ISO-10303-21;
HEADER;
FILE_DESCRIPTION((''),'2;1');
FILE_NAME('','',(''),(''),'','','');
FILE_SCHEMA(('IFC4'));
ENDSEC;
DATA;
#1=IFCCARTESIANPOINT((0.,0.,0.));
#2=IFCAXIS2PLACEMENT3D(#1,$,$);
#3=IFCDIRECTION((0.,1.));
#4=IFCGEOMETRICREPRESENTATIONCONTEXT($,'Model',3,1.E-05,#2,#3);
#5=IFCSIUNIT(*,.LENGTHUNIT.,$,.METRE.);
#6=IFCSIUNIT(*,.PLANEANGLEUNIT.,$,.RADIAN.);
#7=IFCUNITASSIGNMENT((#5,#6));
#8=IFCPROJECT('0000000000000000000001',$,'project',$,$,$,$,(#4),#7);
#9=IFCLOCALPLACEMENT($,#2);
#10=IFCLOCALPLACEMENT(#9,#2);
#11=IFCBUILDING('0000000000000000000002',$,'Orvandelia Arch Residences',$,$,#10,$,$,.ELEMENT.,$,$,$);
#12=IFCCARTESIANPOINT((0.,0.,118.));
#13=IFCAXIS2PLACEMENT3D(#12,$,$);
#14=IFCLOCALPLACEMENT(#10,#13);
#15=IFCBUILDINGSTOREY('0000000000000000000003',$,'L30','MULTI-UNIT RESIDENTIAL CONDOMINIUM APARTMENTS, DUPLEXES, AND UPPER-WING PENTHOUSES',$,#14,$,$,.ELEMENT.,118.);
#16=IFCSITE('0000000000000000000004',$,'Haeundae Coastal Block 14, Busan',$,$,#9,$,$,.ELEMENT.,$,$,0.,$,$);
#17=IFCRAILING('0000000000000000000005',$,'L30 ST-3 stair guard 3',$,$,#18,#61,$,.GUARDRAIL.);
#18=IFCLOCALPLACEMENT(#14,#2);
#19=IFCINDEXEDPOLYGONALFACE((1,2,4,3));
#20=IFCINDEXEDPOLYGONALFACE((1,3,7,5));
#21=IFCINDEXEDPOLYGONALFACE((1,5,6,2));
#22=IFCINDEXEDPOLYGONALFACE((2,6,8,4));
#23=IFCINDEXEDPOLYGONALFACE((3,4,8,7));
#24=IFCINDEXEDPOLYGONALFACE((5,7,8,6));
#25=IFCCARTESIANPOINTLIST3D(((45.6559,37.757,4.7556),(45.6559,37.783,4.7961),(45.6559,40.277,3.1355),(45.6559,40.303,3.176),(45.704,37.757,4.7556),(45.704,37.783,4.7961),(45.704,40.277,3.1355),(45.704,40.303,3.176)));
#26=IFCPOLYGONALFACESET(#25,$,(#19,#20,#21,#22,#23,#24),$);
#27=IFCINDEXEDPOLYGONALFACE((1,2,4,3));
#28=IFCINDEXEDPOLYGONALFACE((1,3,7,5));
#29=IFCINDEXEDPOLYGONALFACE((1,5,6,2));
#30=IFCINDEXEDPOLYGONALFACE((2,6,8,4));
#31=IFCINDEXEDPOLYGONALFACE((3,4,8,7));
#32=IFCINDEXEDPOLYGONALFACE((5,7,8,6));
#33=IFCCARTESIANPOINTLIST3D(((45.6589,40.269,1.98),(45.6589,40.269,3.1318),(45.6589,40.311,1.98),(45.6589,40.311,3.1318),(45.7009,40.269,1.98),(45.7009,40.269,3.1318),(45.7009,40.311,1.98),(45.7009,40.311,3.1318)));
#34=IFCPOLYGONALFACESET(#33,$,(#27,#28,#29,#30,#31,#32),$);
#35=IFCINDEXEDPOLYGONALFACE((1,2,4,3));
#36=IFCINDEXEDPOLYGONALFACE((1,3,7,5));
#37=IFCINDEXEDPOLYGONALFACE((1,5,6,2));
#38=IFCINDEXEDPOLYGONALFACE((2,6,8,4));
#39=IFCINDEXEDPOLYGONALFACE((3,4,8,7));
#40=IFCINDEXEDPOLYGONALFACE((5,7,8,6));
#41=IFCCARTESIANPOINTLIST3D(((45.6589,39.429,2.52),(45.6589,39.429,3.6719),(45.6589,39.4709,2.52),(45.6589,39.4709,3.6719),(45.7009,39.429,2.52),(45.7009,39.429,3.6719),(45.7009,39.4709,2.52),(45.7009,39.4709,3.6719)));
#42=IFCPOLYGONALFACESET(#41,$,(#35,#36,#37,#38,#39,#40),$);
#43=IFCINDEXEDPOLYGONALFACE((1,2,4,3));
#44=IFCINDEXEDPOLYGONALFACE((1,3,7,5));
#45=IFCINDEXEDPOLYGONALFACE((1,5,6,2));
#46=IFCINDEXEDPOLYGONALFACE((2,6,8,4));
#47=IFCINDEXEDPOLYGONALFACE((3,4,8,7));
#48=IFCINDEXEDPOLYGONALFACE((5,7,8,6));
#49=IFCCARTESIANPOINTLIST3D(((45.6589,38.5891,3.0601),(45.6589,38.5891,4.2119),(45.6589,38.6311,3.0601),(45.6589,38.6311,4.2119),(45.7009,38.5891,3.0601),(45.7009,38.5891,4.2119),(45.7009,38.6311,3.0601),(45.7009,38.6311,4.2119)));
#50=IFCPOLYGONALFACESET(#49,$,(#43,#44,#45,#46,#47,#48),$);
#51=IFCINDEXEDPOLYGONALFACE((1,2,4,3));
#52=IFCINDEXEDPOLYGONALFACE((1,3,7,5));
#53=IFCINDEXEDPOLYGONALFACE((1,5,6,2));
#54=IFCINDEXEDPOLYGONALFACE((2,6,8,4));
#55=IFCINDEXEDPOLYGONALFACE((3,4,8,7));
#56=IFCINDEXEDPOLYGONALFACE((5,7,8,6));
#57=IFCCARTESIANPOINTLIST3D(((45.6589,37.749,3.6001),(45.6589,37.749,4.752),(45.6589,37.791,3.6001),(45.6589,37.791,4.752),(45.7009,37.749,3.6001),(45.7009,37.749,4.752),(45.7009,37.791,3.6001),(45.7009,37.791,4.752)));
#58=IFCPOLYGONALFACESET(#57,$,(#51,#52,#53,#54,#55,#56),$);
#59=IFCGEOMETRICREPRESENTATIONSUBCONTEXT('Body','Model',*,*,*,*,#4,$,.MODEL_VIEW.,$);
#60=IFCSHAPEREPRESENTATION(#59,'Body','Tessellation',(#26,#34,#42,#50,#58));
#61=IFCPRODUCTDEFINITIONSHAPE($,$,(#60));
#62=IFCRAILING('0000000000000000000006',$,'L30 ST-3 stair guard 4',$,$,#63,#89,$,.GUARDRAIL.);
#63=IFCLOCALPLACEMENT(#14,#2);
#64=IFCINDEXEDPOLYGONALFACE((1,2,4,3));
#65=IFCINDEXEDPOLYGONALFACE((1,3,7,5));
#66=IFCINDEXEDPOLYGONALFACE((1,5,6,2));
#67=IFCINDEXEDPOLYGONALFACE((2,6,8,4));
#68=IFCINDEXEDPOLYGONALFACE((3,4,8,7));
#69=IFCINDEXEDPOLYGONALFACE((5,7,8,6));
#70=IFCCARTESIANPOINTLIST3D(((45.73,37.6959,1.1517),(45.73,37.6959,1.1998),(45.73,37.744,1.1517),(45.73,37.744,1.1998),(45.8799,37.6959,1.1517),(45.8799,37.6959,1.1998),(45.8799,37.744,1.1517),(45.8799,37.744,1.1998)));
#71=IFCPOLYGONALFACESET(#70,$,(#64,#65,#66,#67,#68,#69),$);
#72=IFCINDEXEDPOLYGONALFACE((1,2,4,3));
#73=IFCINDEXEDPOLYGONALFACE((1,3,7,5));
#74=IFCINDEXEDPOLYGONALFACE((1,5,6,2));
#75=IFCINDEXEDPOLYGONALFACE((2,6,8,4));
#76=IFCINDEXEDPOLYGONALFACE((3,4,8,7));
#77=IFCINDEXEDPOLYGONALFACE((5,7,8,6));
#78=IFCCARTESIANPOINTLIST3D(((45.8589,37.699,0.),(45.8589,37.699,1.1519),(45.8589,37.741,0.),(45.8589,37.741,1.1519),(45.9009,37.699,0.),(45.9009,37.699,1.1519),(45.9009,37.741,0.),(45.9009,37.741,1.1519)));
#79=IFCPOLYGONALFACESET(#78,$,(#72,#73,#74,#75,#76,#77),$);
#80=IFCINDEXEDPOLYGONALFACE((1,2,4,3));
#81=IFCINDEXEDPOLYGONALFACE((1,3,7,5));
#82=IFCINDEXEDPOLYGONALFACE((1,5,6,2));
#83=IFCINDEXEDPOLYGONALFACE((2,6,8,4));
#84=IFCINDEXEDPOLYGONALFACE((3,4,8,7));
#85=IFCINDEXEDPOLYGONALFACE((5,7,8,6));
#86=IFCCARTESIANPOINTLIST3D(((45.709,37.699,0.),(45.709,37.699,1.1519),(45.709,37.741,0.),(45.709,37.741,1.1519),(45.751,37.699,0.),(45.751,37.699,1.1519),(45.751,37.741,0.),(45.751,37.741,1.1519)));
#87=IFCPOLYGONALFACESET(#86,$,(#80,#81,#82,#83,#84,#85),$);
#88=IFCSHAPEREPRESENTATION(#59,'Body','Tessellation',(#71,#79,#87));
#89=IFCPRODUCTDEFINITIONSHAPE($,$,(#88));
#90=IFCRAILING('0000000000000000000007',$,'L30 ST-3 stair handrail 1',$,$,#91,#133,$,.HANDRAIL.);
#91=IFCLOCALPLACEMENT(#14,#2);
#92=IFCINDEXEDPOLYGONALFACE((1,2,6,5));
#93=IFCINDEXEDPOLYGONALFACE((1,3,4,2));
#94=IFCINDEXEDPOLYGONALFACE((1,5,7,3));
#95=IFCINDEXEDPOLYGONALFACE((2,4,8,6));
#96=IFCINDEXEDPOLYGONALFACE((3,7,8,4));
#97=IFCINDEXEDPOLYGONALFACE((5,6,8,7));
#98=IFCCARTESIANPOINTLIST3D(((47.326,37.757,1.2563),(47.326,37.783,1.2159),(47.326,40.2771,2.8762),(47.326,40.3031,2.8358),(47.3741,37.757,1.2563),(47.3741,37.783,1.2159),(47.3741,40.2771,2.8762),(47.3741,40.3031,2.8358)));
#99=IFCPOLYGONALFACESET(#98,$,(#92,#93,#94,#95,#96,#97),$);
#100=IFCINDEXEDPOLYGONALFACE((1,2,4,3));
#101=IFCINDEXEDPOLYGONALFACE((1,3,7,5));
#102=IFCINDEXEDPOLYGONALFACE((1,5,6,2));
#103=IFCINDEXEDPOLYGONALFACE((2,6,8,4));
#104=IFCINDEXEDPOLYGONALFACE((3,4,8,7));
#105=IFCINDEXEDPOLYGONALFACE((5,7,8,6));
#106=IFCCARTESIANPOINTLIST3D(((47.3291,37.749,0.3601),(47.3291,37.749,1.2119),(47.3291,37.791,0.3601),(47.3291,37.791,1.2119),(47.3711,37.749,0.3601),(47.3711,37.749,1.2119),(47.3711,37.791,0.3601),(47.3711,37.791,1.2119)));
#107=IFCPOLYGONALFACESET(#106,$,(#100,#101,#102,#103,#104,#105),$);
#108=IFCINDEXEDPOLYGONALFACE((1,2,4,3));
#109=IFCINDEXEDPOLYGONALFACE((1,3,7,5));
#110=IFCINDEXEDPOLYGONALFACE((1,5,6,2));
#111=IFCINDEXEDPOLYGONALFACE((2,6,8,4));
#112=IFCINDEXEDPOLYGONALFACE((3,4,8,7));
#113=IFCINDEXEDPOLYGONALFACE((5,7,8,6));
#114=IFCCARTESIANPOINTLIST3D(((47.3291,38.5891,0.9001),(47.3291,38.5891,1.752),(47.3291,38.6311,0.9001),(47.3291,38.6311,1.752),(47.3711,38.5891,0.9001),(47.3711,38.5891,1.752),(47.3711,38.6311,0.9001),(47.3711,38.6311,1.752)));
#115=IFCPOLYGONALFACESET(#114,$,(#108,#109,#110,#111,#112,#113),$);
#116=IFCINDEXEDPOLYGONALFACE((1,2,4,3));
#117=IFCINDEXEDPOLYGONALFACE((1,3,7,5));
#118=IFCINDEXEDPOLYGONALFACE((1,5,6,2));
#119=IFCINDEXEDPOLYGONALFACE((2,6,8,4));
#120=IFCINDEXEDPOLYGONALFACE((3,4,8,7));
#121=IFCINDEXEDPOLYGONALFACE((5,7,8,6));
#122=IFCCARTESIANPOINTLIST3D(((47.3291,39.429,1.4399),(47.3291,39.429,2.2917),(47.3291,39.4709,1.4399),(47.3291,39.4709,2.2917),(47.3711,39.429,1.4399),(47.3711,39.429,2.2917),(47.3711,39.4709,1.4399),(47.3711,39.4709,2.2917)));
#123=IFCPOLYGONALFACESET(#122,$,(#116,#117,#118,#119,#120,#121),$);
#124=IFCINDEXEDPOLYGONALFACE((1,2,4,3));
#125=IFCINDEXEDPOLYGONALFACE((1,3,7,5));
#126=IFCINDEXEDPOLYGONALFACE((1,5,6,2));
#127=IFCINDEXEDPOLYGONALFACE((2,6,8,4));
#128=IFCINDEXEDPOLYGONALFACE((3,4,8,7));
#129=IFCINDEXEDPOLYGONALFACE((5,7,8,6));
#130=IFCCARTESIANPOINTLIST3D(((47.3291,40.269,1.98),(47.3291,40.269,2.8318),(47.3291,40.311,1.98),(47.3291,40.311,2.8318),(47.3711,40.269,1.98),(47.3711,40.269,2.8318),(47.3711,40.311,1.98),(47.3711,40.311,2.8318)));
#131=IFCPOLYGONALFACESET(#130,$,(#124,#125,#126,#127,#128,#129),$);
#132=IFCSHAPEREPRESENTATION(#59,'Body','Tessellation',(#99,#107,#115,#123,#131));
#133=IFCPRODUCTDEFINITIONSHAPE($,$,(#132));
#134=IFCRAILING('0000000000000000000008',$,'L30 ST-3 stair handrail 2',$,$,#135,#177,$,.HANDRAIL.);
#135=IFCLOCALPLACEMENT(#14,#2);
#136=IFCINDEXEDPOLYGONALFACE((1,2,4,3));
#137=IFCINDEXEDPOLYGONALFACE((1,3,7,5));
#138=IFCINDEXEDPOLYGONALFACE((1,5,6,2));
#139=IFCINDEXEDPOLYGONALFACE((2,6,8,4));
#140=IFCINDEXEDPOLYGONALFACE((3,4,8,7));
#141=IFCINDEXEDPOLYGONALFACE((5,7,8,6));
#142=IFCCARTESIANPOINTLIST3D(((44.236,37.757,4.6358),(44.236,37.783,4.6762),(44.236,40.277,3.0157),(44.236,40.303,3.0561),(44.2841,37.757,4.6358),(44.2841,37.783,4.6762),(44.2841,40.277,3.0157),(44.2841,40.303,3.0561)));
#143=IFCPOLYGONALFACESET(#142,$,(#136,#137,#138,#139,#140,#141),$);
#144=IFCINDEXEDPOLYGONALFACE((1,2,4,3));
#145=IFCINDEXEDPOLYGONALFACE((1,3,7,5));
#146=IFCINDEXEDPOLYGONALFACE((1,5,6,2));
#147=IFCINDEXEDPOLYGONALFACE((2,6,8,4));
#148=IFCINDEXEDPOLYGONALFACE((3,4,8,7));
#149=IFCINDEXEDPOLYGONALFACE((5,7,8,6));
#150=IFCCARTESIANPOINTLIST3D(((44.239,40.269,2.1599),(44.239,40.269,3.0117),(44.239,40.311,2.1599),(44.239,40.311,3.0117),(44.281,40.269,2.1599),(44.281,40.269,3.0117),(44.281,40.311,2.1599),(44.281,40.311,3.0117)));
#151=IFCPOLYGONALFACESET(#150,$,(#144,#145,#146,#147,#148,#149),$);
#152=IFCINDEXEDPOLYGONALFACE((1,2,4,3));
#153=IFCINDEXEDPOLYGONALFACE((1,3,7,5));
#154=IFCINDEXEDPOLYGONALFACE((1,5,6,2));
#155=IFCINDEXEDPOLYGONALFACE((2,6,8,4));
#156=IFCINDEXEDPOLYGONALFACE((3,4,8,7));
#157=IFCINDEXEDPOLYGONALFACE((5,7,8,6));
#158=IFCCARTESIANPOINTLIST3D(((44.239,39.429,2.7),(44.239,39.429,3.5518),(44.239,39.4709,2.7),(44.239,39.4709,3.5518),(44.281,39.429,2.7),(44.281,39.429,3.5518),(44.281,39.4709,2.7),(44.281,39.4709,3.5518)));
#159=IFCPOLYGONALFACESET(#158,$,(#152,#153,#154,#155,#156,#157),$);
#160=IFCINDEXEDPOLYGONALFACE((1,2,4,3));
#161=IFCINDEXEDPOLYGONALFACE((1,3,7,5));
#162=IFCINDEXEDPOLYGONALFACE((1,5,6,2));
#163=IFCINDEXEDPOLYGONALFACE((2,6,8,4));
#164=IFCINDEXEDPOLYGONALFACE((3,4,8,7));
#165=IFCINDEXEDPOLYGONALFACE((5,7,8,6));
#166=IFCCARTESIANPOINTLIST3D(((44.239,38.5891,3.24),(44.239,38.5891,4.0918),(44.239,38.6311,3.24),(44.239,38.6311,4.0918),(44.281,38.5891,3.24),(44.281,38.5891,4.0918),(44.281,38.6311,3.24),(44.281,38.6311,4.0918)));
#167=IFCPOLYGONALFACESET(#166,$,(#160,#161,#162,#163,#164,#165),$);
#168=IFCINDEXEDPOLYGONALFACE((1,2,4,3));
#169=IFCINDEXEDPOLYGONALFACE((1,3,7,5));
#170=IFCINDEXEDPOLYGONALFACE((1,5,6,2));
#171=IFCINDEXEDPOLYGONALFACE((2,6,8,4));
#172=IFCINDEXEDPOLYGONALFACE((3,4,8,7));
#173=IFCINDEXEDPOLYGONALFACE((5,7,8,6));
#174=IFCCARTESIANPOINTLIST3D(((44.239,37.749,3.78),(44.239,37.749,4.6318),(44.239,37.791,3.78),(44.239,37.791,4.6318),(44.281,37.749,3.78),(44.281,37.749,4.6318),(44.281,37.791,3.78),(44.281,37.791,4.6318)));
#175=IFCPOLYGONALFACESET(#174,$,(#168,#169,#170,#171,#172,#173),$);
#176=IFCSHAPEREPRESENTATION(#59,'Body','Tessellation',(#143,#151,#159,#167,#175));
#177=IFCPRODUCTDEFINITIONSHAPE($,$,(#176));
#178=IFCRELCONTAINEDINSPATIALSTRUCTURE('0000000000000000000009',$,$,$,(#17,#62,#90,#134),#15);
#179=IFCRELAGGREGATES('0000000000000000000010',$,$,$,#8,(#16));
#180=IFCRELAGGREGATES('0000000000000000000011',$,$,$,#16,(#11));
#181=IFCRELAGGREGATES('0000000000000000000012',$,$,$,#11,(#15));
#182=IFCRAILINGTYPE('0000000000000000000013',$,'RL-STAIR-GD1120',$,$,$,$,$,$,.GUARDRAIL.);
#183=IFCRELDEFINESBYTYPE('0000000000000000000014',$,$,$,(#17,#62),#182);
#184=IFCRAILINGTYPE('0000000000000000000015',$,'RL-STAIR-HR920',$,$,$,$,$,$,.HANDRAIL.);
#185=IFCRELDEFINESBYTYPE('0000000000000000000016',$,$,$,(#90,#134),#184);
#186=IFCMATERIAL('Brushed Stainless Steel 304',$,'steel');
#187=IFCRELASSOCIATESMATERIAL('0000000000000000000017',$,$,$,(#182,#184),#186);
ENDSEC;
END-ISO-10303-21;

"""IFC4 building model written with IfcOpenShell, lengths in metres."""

from ifc_helpers import new_model, si_unit, direction, frame, origin, origin_2d, place, context, subcontext, project, spatial, rectangle, extrude, material, type_object, element, save


model = new_model("IFC4")

# Units and contexts
model_context = context("Model", 3, precision=1e-05, world=origin(), true_north=direction((0.0, 1.0)))
body_context = subcontext(model_context, "Body", "Model", "MODEL_VIEW")
ifc_project = project(units=[si_unit("LENGTHUNIT", "METRE"), si_unit("PLANEANGLEUNIT", "RADIAN")], contexts=[model_context])

# Site, building, storey
site_placement = place(None, origin())
site = spatial("IfcSite", under=ifc_project, at=site_placement, Name="Haeundae Coastal Block 14, Busan", CompositionType="ELEMENT", RefElevation=0.0)
building_placement = place(site_placement, origin())
building = spatial("IfcBuilding", under=site, at=building_placement, Name="Orvandelia Arch Residences", CompositionType="ELEMENT")
storey_placement = place(building_placement, frame((0.0, 0.0, 118.0)))
storey = spatial("IfcBuildingStorey", under=building, at=storey_placement, Name="L30", Description="MULTI-UNIT RESIDENTIAL CONDOMINIUM APARTMENTS, DUPLEXES, AND UPPER-WING PENTHOUSES", CompositionType="ELEMENT", Elevation=118.0)

# Railings
ifc_material_1 = material(Name="Brushed Stainless Steel 304", Category="steel")
railing_type_1 = type_object("IfcRailingType", Name="RL-STAIR-GD1120", PredefinedType="GUARDRAIL", material=ifc_material_1)
railing_1_placement = place(storey_placement, frame((45.6799, 40.29, 1.98)))
element("IfcRailing", 1, at=railing_1_placement, inside=storey, type_object=railing_type_1, Name="L30 ST-3 stair guard 3", PredefinedType="GUARDRAIL", context=body_context, shape_type="SweptSolid", body=[
    extrude(rectangle(XDim=0.0481, YDim=0.0481, at=origin_2d()), frame((0.0, 0.0, 1.1758), z_axis=(0.0, -0.841163, 0.540782), x_axis=(1.0, 0.0, 0.0)), (0.0, 0.0, 1.0), 2.9958),
    extrude(rectangle(XDim=0.042, YDim=0.042, at=origin_2d()), origin(), (0.0, 0.0, 1.0), 1.1519),
    extrude(rectangle(XDim=0.042, YDim=0.042, at=origin_2d()), frame((0.0, -0.8401, 0.54)), (0.0, 0.0, 1.0), 1.1519),
    extrude(rectangle(XDim=0.042, YDim=0.042, at=origin_2d()), frame((0.0, -1.6799, 1.0801)), (0.0, 0.0, 1.0), 1.1519),
    extrude(rectangle(XDim=0.042, YDim=0.042, at=origin_2d()), frame((0.0, -2.52, 1.6201)), (0.0, 0.0, 1.0), 1.1519),
])
railing_2_placement = place(storey_placement, frame((45.8799, 37.72, 0.0)))
element("IfcRailing", 2, at=railing_2_placement, inside=storey, type_object=railing_type_1, Name="L30 ST-3 stair guard 4", PredefinedType="GUARDRAIL", context=body_context, shape_type="SweptSolid", body=[
    extrude(rectangle(XDim=0.0481, YDim=0.0481, at=origin_2d()), frame((0.0, 0.0, 1.1758), z_axis=(-1.0, 0.0, 0.0), x_axis=(0.0, -1.0, 0.0)), (0.0, 0.0, 1.0), 0.1499),
    extrude(rectangle(XDim=0.042, YDim=0.042, at=origin_2d()), origin(), (0.0, 0.0, 1.0), 1.1519),
    extrude(rectangle(XDim=0.042, YDim=0.042, at=origin_2d()), frame((-0.1499, 0.0, 0.0)), (0.0, 0.0, 1.0), 1.1519),
])
railing_type_2 = type_object("IfcRailingType", Name="RL-STAIR-HR920", PredefinedType="HANDRAIL", material=ifc_material_1)
railing_3_placement = place(storey_placement, frame((47.3501, 37.77, 0.3601)))
element("IfcRailing", 3, at=railing_3_placement, inside=storey, type_object=railing_type_2, Name="L30 ST-3 stair handrail 1", PredefinedType="HANDRAIL", context=body_context, shape_type="SweptSolid", body=[
    extrude(rectangle(XDim=0.0481, YDim=0.0481, at=origin_2d()), frame((0.0, 0.0, 0.876), z_axis=(0.0, 0.8412, 0.540725), x_axis=(-1.0, 0.0, 0.0)), (0.0, 0.0, 1.0), 2.9958),
    extrude(rectangle(XDim=0.042, YDim=0.042, at=origin_2d()), origin(), (0.0, 0.0, 1.0), 0.8518),
    extrude(rectangle(XDim=0.042, YDim=0.042, at=origin_2d()), frame((0.0, 0.8401, 0.54)), (0.0, 0.0, 1.0), 0.8518),
    extrude(rectangle(XDim=0.042, YDim=0.042, at=origin_2d()), frame((0.0, 1.6799, 1.0798)), (0.0, 0.0, 1.0), 0.8518),
    extrude(rectangle(XDim=0.042, YDim=0.042, at=origin_2d()), frame((0.0, 2.52, 1.6199)), (0.0, 0.0, 1.0), 0.8518),
])
railing_4_placement = place(storey_placement, frame((44.26, 40.29, 2.1599)))
element("IfcRailing", 4, at=railing_4_placement, inside=storey, type_object=railing_type_2, Name="L30 ST-3 stair handrail 2", PredefinedType="HANDRAIL", context=body_context, shape_type="SweptSolid", body=[
    extrude(rectangle(XDim=0.0481, YDim=0.0481, at=origin_2d()), frame((0.0, 0.0, 0.876), z_axis=(0.0, -0.841163, 0.540782), x_axis=(1.0, 0.0, 0.0)), (0.0, 0.0, 1.0), 2.9958),
    extrude(rectangle(XDim=0.042, YDim=0.042, at=origin_2d()), origin(), (0.0, 0.0, 1.0), 0.8518),
    extrude(rectangle(XDim=0.042, YDim=0.042, at=origin_2d()), frame((0.0, -0.8401, 0.54)), (0.0, 0.0, 1.0), 0.8518),
    extrude(rectangle(XDim=0.042, YDim=0.042, at=origin_2d()), frame((0.0, -1.6799, 1.0801)), (0.0, 0.0, 1.0), 0.8518),
    extrude(rectangle(XDim=0.042, YDim=0.042, at=origin_2d()), frame((0.0, -2.52, 1.6201)), (0.0, 0.0, 1.0), 0.8518),
])

save(model, "model.ifc")
